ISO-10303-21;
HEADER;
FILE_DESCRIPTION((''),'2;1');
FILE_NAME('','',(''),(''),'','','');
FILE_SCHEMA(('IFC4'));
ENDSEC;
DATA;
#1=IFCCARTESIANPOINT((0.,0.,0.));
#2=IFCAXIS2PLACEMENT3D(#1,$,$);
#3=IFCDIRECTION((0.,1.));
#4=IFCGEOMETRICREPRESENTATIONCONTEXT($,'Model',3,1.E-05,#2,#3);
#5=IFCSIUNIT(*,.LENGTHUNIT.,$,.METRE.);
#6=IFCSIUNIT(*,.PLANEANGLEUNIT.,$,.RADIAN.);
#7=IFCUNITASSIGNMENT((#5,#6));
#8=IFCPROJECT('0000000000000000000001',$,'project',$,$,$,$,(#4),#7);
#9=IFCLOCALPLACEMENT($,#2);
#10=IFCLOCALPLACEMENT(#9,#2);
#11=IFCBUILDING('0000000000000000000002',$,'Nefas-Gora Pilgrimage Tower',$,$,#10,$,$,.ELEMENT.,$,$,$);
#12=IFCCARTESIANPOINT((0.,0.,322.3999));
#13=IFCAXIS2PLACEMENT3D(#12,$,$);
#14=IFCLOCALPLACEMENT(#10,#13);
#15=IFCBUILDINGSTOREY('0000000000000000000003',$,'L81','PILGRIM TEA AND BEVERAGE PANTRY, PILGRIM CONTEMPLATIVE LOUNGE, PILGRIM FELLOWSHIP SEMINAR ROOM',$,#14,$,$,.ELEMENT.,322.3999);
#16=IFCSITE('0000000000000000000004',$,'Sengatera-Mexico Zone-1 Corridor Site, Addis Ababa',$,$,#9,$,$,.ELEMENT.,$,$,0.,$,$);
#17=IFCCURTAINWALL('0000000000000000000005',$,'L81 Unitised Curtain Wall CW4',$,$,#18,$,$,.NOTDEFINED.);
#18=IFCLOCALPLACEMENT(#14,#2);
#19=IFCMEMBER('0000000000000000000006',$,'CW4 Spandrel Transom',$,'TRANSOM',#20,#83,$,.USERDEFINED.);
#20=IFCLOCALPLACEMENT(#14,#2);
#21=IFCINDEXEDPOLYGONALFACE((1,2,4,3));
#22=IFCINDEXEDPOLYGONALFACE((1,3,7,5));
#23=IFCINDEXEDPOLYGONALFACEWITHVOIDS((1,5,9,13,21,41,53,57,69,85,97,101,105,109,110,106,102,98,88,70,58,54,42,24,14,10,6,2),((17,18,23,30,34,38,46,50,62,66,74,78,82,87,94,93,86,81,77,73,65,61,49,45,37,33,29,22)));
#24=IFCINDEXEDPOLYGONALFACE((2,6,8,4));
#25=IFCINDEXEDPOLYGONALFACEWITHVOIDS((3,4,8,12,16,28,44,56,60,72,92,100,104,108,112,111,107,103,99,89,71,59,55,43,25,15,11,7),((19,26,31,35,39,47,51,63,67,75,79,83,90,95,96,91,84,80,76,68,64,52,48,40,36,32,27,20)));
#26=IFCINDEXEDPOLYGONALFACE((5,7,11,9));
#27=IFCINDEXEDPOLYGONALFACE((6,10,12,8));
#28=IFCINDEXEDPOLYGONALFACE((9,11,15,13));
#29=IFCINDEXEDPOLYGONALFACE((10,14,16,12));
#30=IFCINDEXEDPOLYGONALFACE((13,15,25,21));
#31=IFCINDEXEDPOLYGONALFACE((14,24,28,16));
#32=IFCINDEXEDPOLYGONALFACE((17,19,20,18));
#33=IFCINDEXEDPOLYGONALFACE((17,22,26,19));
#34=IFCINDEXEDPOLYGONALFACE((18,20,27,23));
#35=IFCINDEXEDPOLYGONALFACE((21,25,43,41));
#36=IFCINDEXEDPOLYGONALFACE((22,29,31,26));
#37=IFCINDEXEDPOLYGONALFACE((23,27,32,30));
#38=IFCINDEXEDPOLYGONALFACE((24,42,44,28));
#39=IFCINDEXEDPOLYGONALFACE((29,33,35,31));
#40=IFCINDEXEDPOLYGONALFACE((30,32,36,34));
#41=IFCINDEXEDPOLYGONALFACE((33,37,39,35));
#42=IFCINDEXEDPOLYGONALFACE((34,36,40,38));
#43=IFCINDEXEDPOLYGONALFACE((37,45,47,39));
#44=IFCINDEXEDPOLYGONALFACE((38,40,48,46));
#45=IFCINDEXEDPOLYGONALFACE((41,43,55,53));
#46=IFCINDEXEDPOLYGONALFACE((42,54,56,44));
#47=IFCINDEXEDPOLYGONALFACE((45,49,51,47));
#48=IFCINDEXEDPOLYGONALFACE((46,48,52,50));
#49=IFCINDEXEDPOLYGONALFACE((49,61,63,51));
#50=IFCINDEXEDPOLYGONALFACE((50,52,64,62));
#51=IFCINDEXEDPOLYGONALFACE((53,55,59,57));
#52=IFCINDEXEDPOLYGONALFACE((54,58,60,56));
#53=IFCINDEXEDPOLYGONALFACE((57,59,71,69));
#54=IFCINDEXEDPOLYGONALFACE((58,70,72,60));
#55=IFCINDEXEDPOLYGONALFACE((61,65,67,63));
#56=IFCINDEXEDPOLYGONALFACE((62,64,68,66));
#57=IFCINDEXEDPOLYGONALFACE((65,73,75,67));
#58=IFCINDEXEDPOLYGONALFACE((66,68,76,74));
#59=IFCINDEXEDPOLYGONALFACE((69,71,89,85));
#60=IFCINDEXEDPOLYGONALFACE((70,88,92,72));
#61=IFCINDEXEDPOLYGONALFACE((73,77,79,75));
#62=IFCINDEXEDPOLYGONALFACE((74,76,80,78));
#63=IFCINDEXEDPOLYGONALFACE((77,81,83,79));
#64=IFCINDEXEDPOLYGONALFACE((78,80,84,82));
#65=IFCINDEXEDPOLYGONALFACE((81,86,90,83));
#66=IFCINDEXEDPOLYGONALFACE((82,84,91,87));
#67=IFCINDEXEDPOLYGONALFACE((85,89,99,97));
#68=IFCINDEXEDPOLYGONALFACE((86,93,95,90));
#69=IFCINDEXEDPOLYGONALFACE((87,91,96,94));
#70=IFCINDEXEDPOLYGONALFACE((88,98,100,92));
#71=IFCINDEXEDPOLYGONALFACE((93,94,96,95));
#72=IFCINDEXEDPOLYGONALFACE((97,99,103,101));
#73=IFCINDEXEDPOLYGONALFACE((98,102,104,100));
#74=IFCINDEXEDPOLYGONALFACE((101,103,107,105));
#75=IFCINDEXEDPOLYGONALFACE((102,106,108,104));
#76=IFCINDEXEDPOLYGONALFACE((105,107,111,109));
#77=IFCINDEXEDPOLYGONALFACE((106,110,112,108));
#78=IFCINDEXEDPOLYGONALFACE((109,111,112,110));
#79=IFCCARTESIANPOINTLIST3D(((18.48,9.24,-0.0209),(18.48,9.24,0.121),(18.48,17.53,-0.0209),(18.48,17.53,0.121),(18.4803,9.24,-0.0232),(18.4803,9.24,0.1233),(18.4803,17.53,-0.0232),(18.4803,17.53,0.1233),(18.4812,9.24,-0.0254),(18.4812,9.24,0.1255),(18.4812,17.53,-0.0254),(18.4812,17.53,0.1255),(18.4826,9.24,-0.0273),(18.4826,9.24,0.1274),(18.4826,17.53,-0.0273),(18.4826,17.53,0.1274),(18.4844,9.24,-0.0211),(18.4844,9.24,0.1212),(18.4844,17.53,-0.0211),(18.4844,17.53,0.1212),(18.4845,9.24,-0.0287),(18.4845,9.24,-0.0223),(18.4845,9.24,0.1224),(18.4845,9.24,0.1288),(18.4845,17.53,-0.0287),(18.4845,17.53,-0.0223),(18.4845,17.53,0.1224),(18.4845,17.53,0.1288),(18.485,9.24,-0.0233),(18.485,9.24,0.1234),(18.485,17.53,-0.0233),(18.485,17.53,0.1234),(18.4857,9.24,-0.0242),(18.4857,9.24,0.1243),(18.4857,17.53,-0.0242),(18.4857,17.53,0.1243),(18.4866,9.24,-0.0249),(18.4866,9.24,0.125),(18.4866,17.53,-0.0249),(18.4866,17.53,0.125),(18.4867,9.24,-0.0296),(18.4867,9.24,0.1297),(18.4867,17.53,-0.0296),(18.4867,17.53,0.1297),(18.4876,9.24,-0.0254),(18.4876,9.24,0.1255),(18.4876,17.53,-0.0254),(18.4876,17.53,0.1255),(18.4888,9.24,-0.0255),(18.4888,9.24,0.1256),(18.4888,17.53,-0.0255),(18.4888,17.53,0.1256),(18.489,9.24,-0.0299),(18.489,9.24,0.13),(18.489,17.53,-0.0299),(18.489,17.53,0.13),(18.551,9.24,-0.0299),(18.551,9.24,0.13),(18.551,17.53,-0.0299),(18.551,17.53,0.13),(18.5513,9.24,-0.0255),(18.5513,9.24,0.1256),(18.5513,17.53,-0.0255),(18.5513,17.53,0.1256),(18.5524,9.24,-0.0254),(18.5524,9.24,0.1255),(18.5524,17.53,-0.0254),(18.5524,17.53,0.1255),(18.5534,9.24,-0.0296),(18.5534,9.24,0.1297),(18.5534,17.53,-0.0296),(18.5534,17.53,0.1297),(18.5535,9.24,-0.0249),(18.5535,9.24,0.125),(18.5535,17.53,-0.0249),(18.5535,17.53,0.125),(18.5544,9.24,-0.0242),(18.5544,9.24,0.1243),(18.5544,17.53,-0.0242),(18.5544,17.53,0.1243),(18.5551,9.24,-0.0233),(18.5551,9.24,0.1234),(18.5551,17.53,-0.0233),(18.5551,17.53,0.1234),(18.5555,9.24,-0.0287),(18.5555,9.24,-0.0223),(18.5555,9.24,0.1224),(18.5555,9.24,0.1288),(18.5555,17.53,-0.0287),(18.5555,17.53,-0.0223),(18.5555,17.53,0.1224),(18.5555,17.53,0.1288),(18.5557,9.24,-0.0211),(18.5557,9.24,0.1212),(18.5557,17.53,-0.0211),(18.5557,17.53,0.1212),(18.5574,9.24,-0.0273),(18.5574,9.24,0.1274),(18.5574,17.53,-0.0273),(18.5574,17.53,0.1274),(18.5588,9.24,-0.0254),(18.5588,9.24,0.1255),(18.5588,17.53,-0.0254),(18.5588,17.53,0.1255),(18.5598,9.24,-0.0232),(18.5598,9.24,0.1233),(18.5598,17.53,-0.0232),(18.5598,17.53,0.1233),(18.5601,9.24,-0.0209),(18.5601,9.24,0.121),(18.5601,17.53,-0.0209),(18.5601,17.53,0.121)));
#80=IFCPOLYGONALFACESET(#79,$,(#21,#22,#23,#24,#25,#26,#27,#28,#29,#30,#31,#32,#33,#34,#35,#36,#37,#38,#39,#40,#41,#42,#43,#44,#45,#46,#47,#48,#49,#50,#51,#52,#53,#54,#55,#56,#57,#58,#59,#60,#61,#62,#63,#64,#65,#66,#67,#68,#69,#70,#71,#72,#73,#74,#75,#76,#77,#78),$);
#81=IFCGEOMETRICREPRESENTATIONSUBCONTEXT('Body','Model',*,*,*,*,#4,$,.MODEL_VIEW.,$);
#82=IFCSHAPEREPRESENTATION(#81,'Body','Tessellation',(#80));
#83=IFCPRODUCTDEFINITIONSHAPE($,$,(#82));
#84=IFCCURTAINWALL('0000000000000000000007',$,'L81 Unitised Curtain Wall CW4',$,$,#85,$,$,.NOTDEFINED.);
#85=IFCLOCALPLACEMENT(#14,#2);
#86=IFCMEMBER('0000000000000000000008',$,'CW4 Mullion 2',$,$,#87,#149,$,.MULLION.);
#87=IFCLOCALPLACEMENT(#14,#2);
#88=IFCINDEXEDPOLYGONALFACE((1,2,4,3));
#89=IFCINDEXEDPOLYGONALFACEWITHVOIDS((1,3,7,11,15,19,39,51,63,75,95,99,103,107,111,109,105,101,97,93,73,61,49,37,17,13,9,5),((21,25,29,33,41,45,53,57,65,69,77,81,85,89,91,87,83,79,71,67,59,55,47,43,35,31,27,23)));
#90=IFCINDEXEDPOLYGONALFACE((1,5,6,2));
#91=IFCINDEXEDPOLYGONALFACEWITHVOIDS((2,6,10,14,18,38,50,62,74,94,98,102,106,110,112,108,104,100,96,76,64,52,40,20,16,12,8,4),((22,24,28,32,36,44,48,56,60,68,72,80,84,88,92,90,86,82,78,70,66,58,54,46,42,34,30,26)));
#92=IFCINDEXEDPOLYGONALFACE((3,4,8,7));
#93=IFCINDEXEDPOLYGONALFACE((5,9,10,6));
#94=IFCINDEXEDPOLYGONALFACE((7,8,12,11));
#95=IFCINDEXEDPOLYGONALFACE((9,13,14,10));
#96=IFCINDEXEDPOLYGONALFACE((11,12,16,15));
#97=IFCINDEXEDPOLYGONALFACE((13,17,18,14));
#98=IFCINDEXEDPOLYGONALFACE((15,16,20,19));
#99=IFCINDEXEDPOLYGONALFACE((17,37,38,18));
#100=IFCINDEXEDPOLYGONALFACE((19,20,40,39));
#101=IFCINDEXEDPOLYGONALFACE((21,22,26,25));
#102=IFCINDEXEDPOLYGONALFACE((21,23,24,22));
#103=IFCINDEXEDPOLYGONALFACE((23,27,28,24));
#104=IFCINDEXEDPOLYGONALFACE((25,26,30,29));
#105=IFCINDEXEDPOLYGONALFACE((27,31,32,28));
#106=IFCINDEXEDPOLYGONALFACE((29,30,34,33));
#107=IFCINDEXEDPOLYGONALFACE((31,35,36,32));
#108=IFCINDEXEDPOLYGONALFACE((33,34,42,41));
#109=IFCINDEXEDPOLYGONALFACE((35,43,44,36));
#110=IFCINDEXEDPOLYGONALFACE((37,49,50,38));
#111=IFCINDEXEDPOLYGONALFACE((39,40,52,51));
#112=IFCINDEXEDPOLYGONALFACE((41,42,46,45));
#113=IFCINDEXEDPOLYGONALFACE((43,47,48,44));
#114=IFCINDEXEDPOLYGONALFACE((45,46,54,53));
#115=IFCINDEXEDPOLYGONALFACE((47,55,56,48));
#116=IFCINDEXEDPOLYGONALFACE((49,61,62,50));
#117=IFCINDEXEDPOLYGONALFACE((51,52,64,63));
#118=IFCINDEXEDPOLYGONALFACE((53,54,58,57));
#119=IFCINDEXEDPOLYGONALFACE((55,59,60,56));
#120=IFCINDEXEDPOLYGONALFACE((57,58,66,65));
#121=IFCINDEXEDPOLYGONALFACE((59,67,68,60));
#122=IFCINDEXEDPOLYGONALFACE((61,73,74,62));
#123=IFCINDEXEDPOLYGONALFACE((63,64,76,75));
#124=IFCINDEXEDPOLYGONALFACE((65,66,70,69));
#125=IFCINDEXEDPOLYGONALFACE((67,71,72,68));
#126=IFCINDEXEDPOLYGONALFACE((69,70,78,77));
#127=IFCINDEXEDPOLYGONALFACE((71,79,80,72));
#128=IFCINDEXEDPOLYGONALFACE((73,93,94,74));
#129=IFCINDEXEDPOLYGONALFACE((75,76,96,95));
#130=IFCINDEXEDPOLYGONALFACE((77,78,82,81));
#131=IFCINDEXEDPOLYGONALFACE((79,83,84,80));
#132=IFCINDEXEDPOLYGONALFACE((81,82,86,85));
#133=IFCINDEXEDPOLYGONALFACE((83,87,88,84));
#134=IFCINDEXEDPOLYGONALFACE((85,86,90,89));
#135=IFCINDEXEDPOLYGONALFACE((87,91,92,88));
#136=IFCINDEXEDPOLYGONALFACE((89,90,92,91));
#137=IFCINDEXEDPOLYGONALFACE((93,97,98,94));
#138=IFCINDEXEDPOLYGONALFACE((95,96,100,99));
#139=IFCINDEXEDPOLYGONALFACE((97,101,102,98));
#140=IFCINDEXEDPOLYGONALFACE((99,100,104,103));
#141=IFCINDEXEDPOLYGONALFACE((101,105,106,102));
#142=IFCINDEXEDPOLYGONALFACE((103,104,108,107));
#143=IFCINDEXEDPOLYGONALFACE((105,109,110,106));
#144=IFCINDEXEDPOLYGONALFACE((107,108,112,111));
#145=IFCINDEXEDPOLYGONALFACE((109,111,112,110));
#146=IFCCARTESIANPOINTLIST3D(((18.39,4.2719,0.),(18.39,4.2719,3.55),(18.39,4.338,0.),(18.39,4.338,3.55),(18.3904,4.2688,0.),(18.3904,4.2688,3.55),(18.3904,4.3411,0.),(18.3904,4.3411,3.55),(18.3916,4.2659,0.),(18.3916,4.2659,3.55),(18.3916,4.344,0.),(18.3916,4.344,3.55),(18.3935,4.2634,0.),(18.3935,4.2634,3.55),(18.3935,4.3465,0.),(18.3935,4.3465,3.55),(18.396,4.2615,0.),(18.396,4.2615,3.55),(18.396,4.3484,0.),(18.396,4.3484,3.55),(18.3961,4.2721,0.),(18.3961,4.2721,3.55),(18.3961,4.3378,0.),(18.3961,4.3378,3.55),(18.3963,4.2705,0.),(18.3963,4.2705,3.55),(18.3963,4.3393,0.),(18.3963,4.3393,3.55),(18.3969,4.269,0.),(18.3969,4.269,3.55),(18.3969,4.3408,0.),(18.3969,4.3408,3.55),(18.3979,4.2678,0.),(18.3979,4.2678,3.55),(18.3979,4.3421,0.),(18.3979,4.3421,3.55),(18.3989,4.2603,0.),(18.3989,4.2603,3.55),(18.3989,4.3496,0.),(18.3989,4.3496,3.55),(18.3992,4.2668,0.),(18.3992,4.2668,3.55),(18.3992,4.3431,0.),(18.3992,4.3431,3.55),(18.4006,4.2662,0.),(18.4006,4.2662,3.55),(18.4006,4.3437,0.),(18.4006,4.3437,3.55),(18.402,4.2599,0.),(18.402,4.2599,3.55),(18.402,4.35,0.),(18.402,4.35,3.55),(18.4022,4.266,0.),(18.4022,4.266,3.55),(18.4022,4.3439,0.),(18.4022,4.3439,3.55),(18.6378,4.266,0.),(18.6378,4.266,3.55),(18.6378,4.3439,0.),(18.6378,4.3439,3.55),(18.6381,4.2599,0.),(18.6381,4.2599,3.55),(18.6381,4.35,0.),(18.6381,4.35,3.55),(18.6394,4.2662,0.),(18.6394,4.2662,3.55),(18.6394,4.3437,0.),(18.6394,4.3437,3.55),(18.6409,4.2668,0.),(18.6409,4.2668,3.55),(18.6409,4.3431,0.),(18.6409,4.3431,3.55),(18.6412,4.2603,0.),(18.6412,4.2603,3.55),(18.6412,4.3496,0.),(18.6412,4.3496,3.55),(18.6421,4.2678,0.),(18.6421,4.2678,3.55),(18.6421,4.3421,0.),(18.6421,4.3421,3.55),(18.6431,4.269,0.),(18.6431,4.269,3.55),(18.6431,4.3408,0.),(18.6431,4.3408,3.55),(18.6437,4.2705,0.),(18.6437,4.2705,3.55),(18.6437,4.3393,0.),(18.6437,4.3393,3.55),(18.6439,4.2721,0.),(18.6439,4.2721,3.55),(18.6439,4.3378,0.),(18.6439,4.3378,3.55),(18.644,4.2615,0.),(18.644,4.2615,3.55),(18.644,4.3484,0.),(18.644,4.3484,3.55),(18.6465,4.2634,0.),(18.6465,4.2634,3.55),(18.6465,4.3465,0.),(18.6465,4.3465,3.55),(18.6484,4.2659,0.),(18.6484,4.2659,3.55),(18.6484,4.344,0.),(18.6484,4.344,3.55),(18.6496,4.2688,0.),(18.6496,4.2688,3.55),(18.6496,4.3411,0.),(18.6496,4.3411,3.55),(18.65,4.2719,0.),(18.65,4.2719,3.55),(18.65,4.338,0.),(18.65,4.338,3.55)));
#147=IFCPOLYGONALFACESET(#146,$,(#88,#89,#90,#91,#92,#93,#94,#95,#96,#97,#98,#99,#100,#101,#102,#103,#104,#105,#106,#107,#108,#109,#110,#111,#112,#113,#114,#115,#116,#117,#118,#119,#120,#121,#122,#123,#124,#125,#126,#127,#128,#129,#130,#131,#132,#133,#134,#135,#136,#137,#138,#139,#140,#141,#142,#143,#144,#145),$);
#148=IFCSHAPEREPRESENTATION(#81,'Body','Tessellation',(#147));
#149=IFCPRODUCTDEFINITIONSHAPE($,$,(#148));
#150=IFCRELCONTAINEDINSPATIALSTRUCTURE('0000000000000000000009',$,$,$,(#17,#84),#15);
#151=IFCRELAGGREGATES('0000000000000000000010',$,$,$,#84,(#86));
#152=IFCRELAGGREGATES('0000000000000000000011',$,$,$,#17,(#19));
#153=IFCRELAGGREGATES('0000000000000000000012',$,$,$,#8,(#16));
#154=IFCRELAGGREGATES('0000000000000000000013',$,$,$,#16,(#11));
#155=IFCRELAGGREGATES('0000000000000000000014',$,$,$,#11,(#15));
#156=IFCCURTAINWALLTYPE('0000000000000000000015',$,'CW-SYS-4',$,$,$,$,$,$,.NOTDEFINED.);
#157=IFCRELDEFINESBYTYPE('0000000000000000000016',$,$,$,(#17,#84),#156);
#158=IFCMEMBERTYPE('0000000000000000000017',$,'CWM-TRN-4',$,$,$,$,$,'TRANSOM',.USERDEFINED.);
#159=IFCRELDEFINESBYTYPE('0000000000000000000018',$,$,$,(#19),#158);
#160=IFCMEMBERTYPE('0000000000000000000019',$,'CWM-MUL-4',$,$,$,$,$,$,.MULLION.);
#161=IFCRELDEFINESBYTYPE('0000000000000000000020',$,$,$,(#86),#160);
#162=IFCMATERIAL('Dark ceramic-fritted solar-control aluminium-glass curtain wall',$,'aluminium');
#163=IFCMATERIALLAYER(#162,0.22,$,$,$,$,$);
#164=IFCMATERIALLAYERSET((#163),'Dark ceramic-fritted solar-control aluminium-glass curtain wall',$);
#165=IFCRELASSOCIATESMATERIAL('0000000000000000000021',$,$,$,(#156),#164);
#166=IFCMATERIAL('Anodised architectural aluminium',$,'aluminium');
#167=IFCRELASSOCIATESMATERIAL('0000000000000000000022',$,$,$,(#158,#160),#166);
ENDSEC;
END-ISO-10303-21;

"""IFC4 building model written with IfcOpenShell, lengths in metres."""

from ifc_helpers import new_model, si_unit, direction, frame, origin, origin_2d, place, context, subcontext, project, spatial, hollow_rectangle, extrude, source, transform, mapped, material, layer, layer_set, material_profile, profile_set, type_object, element, aggregate, save


model = new_model("IFC4")

# Units and contexts
model_context = context("Model", 3, precision=1e-05, world=origin(), true_north=direction((0.0, 1.0)))
body_context = subcontext(model_context, "Body", "Model", "MODEL_VIEW")
ifc_project = project(units=[si_unit("LENGTHUNIT", "METRE"), si_unit("PLANEANGLEUNIT", "RADIAN")], contexts=[model_context])

# Site, building, storey
site_placement = place(None, origin())
site = spatial("IfcSite", under=ifc_project, at=site_placement, Name="Sengatera-Mexico Zone-1 Corridor Site, Addis Ababa", CompositionType="ELEMENT", RefElevation=0.0)
building_placement = place(site_placement, origin())
building = spatial("IfcBuilding", under=site, at=building_placement, Name="Nefas-Gora Pilgrimage Tower", CompositionType="ELEMENT")
storey_placement = place(building_placement, frame((0.0, 0.0, 322.3999)))
storey = spatial("IfcBuildingStorey", under=building, at=storey_placement, Name="L81", Description="PILGRIM TEA AND BEVERAGE PANTRY, PILGRIM CONTEMPLATIVE LOUNGE, PILGRIM FELLOWSHIP SEMINAR ROOM", CompositionType="ELEMENT", Elevation=322.3999)

# Curtain walls, members
ifc_material_1 = material(Name="Dark ceramic-fritted solar-control aluminium-glass curtain wall", Category="aluminium")
ifc_layer_1 = layer(ifc_material_1, 0.22)
ifc_layer_set_1 = layer_set([ifc_layer_1], Name="Dark ceramic-fritted solar-control aluminium-glass curtain wall")
curtain_wall_type = type_object("IfcCurtainWallType", Name="CW-SYS-4", PredefinedType="NOTDEFINED", material=ifc_layer_set_1)
curtain_wall_1_placement = place(storey_placement, origin())
curtain_wall_1 = element("IfcCurtainWall", 1, at=curtain_wall_1_placement, inside=storey, type_object=curtain_wall_type, Name="L81 Unitised Curtain Wall CW4", PredefinedType="NOTDEFINED")
ifc_material_2 = material(Name="Anodised architectural aluminium", Category="aluminium")
ifc_material_profile_1 = material_profile(ifc_material_2, hollow_rectangle(XDim=0.0801, YDim=0.1599, WallThickness=0.0044, InnerFilletRadius=0.0044, OuterFilletRadius=0.009, at=origin_2d()), Name="ALU TRANSOM 80x160")
ifc_profile_set_1 = profile_set([ifc_material_profile_1], Name="Anodised architectural aluminium")
member_type_1 = type_object("IfcMemberType", Name="CWM-TRN-4", ElementType="TRANSOM", PredefinedType="USERDEFINED", material=ifc_profile_set_1)
shared_shape_1 = source(origin(), body_context, "Body", "SweptSolid", [
    extrude(hollow_rectangle(XDim=0.0801, YDim=0.1599, WallThickness=0.0044, InnerFilletRadius=0.0044, OuterFilletRadius=0.009, at=origin_2d()), origin(), (0.0, 0.0, 1.0), 8.29),
])
member_1_placement = place(storey_placement, frame((18.52, 9.24, 0.05), z_axis=(0.0, 1.0, 0.0), x_axis=(-1.0, 0.0, 0.0)))
member_1 = element("IfcMember", 2, at=member_1_placement, type_object=member_type_1, Name="CW4 Spandrel Transom", ObjectType="TRANSOM", PredefinedType="USERDEFINED", context=body_context, shape_type="MappedRepresentation", body=[
    mapped(shared_shape_1, transform((0.0, 0.0, 0.0), x_axis=(1.0, 0.0, 0.0), y_axis=(0.0, 1.0, 0.0), z_axis=(0.0, 0.0, 1.0), scale=1.0)),
])
curtain_wall_2_placement = place(storey_placement, origin())
curtain_wall_2 = element("IfcCurtainWall", 3, at=curtain_wall_2_placement, inside=storey, type_object=curtain_wall_type, Name="L81 Unitised Curtain Wall CW4", PredefinedType="NOTDEFINED")
ifc_material_profile_2 = material_profile(ifc_material_2, hollow_rectangle(XDim=0.0901, YDim=0.26, WallThickness=0.0061, InnerFilletRadius=0.0061, OuterFilletRadius=0.012, at=origin_2d()), Name="ALU MULLION 90x260")
ifc_profile_set_2 = profile_set([ifc_material_profile_2], Name="Anodised architectural aluminium")
member_type_2 = type_object("IfcMemberType", Name="CWM-MUL-4", PredefinedType="MULLION", material=ifc_profile_set_2)
shared_shape_2 = source(origin(), body_context, "Body", "SweptSolid", [
    extrude(hollow_rectangle(XDim=0.0901, YDim=0.26, WallThickness=0.0061, InnerFilletRadius=0.0061, OuterFilletRadius=0.012, at=origin_2d()), origin(), (0.0, 0.0, 1.0), 3.55),
])
member_2_placement = place(storey_placement, frame((18.52, 4.3049, 0.0), z_axis=(0.0, 0.0, 1.0), x_axis=(0.0, 1.0, 0.0)))
member_2 = element("IfcMember", 4, at=member_2_placement, type_object=member_type_2, Name="CW4 Mullion 2", PredefinedType="MULLION", context=body_context, shape_type="MappedRepresentation", body=[
    mapped(shared_shape_2, transform((0.0, 0.0, 0.0), x_axis=(1.0, 0.0, 0.0), y_axis=(0.0, 1.0, 0.0), z_axis=(0.0, 0.0, 1.0), scale=1.0)),
])
aggregate(curtain_wall_2, [member_2])

aggregate(curtain_wall_1, [member_1])

save(model, "model.ifc")
